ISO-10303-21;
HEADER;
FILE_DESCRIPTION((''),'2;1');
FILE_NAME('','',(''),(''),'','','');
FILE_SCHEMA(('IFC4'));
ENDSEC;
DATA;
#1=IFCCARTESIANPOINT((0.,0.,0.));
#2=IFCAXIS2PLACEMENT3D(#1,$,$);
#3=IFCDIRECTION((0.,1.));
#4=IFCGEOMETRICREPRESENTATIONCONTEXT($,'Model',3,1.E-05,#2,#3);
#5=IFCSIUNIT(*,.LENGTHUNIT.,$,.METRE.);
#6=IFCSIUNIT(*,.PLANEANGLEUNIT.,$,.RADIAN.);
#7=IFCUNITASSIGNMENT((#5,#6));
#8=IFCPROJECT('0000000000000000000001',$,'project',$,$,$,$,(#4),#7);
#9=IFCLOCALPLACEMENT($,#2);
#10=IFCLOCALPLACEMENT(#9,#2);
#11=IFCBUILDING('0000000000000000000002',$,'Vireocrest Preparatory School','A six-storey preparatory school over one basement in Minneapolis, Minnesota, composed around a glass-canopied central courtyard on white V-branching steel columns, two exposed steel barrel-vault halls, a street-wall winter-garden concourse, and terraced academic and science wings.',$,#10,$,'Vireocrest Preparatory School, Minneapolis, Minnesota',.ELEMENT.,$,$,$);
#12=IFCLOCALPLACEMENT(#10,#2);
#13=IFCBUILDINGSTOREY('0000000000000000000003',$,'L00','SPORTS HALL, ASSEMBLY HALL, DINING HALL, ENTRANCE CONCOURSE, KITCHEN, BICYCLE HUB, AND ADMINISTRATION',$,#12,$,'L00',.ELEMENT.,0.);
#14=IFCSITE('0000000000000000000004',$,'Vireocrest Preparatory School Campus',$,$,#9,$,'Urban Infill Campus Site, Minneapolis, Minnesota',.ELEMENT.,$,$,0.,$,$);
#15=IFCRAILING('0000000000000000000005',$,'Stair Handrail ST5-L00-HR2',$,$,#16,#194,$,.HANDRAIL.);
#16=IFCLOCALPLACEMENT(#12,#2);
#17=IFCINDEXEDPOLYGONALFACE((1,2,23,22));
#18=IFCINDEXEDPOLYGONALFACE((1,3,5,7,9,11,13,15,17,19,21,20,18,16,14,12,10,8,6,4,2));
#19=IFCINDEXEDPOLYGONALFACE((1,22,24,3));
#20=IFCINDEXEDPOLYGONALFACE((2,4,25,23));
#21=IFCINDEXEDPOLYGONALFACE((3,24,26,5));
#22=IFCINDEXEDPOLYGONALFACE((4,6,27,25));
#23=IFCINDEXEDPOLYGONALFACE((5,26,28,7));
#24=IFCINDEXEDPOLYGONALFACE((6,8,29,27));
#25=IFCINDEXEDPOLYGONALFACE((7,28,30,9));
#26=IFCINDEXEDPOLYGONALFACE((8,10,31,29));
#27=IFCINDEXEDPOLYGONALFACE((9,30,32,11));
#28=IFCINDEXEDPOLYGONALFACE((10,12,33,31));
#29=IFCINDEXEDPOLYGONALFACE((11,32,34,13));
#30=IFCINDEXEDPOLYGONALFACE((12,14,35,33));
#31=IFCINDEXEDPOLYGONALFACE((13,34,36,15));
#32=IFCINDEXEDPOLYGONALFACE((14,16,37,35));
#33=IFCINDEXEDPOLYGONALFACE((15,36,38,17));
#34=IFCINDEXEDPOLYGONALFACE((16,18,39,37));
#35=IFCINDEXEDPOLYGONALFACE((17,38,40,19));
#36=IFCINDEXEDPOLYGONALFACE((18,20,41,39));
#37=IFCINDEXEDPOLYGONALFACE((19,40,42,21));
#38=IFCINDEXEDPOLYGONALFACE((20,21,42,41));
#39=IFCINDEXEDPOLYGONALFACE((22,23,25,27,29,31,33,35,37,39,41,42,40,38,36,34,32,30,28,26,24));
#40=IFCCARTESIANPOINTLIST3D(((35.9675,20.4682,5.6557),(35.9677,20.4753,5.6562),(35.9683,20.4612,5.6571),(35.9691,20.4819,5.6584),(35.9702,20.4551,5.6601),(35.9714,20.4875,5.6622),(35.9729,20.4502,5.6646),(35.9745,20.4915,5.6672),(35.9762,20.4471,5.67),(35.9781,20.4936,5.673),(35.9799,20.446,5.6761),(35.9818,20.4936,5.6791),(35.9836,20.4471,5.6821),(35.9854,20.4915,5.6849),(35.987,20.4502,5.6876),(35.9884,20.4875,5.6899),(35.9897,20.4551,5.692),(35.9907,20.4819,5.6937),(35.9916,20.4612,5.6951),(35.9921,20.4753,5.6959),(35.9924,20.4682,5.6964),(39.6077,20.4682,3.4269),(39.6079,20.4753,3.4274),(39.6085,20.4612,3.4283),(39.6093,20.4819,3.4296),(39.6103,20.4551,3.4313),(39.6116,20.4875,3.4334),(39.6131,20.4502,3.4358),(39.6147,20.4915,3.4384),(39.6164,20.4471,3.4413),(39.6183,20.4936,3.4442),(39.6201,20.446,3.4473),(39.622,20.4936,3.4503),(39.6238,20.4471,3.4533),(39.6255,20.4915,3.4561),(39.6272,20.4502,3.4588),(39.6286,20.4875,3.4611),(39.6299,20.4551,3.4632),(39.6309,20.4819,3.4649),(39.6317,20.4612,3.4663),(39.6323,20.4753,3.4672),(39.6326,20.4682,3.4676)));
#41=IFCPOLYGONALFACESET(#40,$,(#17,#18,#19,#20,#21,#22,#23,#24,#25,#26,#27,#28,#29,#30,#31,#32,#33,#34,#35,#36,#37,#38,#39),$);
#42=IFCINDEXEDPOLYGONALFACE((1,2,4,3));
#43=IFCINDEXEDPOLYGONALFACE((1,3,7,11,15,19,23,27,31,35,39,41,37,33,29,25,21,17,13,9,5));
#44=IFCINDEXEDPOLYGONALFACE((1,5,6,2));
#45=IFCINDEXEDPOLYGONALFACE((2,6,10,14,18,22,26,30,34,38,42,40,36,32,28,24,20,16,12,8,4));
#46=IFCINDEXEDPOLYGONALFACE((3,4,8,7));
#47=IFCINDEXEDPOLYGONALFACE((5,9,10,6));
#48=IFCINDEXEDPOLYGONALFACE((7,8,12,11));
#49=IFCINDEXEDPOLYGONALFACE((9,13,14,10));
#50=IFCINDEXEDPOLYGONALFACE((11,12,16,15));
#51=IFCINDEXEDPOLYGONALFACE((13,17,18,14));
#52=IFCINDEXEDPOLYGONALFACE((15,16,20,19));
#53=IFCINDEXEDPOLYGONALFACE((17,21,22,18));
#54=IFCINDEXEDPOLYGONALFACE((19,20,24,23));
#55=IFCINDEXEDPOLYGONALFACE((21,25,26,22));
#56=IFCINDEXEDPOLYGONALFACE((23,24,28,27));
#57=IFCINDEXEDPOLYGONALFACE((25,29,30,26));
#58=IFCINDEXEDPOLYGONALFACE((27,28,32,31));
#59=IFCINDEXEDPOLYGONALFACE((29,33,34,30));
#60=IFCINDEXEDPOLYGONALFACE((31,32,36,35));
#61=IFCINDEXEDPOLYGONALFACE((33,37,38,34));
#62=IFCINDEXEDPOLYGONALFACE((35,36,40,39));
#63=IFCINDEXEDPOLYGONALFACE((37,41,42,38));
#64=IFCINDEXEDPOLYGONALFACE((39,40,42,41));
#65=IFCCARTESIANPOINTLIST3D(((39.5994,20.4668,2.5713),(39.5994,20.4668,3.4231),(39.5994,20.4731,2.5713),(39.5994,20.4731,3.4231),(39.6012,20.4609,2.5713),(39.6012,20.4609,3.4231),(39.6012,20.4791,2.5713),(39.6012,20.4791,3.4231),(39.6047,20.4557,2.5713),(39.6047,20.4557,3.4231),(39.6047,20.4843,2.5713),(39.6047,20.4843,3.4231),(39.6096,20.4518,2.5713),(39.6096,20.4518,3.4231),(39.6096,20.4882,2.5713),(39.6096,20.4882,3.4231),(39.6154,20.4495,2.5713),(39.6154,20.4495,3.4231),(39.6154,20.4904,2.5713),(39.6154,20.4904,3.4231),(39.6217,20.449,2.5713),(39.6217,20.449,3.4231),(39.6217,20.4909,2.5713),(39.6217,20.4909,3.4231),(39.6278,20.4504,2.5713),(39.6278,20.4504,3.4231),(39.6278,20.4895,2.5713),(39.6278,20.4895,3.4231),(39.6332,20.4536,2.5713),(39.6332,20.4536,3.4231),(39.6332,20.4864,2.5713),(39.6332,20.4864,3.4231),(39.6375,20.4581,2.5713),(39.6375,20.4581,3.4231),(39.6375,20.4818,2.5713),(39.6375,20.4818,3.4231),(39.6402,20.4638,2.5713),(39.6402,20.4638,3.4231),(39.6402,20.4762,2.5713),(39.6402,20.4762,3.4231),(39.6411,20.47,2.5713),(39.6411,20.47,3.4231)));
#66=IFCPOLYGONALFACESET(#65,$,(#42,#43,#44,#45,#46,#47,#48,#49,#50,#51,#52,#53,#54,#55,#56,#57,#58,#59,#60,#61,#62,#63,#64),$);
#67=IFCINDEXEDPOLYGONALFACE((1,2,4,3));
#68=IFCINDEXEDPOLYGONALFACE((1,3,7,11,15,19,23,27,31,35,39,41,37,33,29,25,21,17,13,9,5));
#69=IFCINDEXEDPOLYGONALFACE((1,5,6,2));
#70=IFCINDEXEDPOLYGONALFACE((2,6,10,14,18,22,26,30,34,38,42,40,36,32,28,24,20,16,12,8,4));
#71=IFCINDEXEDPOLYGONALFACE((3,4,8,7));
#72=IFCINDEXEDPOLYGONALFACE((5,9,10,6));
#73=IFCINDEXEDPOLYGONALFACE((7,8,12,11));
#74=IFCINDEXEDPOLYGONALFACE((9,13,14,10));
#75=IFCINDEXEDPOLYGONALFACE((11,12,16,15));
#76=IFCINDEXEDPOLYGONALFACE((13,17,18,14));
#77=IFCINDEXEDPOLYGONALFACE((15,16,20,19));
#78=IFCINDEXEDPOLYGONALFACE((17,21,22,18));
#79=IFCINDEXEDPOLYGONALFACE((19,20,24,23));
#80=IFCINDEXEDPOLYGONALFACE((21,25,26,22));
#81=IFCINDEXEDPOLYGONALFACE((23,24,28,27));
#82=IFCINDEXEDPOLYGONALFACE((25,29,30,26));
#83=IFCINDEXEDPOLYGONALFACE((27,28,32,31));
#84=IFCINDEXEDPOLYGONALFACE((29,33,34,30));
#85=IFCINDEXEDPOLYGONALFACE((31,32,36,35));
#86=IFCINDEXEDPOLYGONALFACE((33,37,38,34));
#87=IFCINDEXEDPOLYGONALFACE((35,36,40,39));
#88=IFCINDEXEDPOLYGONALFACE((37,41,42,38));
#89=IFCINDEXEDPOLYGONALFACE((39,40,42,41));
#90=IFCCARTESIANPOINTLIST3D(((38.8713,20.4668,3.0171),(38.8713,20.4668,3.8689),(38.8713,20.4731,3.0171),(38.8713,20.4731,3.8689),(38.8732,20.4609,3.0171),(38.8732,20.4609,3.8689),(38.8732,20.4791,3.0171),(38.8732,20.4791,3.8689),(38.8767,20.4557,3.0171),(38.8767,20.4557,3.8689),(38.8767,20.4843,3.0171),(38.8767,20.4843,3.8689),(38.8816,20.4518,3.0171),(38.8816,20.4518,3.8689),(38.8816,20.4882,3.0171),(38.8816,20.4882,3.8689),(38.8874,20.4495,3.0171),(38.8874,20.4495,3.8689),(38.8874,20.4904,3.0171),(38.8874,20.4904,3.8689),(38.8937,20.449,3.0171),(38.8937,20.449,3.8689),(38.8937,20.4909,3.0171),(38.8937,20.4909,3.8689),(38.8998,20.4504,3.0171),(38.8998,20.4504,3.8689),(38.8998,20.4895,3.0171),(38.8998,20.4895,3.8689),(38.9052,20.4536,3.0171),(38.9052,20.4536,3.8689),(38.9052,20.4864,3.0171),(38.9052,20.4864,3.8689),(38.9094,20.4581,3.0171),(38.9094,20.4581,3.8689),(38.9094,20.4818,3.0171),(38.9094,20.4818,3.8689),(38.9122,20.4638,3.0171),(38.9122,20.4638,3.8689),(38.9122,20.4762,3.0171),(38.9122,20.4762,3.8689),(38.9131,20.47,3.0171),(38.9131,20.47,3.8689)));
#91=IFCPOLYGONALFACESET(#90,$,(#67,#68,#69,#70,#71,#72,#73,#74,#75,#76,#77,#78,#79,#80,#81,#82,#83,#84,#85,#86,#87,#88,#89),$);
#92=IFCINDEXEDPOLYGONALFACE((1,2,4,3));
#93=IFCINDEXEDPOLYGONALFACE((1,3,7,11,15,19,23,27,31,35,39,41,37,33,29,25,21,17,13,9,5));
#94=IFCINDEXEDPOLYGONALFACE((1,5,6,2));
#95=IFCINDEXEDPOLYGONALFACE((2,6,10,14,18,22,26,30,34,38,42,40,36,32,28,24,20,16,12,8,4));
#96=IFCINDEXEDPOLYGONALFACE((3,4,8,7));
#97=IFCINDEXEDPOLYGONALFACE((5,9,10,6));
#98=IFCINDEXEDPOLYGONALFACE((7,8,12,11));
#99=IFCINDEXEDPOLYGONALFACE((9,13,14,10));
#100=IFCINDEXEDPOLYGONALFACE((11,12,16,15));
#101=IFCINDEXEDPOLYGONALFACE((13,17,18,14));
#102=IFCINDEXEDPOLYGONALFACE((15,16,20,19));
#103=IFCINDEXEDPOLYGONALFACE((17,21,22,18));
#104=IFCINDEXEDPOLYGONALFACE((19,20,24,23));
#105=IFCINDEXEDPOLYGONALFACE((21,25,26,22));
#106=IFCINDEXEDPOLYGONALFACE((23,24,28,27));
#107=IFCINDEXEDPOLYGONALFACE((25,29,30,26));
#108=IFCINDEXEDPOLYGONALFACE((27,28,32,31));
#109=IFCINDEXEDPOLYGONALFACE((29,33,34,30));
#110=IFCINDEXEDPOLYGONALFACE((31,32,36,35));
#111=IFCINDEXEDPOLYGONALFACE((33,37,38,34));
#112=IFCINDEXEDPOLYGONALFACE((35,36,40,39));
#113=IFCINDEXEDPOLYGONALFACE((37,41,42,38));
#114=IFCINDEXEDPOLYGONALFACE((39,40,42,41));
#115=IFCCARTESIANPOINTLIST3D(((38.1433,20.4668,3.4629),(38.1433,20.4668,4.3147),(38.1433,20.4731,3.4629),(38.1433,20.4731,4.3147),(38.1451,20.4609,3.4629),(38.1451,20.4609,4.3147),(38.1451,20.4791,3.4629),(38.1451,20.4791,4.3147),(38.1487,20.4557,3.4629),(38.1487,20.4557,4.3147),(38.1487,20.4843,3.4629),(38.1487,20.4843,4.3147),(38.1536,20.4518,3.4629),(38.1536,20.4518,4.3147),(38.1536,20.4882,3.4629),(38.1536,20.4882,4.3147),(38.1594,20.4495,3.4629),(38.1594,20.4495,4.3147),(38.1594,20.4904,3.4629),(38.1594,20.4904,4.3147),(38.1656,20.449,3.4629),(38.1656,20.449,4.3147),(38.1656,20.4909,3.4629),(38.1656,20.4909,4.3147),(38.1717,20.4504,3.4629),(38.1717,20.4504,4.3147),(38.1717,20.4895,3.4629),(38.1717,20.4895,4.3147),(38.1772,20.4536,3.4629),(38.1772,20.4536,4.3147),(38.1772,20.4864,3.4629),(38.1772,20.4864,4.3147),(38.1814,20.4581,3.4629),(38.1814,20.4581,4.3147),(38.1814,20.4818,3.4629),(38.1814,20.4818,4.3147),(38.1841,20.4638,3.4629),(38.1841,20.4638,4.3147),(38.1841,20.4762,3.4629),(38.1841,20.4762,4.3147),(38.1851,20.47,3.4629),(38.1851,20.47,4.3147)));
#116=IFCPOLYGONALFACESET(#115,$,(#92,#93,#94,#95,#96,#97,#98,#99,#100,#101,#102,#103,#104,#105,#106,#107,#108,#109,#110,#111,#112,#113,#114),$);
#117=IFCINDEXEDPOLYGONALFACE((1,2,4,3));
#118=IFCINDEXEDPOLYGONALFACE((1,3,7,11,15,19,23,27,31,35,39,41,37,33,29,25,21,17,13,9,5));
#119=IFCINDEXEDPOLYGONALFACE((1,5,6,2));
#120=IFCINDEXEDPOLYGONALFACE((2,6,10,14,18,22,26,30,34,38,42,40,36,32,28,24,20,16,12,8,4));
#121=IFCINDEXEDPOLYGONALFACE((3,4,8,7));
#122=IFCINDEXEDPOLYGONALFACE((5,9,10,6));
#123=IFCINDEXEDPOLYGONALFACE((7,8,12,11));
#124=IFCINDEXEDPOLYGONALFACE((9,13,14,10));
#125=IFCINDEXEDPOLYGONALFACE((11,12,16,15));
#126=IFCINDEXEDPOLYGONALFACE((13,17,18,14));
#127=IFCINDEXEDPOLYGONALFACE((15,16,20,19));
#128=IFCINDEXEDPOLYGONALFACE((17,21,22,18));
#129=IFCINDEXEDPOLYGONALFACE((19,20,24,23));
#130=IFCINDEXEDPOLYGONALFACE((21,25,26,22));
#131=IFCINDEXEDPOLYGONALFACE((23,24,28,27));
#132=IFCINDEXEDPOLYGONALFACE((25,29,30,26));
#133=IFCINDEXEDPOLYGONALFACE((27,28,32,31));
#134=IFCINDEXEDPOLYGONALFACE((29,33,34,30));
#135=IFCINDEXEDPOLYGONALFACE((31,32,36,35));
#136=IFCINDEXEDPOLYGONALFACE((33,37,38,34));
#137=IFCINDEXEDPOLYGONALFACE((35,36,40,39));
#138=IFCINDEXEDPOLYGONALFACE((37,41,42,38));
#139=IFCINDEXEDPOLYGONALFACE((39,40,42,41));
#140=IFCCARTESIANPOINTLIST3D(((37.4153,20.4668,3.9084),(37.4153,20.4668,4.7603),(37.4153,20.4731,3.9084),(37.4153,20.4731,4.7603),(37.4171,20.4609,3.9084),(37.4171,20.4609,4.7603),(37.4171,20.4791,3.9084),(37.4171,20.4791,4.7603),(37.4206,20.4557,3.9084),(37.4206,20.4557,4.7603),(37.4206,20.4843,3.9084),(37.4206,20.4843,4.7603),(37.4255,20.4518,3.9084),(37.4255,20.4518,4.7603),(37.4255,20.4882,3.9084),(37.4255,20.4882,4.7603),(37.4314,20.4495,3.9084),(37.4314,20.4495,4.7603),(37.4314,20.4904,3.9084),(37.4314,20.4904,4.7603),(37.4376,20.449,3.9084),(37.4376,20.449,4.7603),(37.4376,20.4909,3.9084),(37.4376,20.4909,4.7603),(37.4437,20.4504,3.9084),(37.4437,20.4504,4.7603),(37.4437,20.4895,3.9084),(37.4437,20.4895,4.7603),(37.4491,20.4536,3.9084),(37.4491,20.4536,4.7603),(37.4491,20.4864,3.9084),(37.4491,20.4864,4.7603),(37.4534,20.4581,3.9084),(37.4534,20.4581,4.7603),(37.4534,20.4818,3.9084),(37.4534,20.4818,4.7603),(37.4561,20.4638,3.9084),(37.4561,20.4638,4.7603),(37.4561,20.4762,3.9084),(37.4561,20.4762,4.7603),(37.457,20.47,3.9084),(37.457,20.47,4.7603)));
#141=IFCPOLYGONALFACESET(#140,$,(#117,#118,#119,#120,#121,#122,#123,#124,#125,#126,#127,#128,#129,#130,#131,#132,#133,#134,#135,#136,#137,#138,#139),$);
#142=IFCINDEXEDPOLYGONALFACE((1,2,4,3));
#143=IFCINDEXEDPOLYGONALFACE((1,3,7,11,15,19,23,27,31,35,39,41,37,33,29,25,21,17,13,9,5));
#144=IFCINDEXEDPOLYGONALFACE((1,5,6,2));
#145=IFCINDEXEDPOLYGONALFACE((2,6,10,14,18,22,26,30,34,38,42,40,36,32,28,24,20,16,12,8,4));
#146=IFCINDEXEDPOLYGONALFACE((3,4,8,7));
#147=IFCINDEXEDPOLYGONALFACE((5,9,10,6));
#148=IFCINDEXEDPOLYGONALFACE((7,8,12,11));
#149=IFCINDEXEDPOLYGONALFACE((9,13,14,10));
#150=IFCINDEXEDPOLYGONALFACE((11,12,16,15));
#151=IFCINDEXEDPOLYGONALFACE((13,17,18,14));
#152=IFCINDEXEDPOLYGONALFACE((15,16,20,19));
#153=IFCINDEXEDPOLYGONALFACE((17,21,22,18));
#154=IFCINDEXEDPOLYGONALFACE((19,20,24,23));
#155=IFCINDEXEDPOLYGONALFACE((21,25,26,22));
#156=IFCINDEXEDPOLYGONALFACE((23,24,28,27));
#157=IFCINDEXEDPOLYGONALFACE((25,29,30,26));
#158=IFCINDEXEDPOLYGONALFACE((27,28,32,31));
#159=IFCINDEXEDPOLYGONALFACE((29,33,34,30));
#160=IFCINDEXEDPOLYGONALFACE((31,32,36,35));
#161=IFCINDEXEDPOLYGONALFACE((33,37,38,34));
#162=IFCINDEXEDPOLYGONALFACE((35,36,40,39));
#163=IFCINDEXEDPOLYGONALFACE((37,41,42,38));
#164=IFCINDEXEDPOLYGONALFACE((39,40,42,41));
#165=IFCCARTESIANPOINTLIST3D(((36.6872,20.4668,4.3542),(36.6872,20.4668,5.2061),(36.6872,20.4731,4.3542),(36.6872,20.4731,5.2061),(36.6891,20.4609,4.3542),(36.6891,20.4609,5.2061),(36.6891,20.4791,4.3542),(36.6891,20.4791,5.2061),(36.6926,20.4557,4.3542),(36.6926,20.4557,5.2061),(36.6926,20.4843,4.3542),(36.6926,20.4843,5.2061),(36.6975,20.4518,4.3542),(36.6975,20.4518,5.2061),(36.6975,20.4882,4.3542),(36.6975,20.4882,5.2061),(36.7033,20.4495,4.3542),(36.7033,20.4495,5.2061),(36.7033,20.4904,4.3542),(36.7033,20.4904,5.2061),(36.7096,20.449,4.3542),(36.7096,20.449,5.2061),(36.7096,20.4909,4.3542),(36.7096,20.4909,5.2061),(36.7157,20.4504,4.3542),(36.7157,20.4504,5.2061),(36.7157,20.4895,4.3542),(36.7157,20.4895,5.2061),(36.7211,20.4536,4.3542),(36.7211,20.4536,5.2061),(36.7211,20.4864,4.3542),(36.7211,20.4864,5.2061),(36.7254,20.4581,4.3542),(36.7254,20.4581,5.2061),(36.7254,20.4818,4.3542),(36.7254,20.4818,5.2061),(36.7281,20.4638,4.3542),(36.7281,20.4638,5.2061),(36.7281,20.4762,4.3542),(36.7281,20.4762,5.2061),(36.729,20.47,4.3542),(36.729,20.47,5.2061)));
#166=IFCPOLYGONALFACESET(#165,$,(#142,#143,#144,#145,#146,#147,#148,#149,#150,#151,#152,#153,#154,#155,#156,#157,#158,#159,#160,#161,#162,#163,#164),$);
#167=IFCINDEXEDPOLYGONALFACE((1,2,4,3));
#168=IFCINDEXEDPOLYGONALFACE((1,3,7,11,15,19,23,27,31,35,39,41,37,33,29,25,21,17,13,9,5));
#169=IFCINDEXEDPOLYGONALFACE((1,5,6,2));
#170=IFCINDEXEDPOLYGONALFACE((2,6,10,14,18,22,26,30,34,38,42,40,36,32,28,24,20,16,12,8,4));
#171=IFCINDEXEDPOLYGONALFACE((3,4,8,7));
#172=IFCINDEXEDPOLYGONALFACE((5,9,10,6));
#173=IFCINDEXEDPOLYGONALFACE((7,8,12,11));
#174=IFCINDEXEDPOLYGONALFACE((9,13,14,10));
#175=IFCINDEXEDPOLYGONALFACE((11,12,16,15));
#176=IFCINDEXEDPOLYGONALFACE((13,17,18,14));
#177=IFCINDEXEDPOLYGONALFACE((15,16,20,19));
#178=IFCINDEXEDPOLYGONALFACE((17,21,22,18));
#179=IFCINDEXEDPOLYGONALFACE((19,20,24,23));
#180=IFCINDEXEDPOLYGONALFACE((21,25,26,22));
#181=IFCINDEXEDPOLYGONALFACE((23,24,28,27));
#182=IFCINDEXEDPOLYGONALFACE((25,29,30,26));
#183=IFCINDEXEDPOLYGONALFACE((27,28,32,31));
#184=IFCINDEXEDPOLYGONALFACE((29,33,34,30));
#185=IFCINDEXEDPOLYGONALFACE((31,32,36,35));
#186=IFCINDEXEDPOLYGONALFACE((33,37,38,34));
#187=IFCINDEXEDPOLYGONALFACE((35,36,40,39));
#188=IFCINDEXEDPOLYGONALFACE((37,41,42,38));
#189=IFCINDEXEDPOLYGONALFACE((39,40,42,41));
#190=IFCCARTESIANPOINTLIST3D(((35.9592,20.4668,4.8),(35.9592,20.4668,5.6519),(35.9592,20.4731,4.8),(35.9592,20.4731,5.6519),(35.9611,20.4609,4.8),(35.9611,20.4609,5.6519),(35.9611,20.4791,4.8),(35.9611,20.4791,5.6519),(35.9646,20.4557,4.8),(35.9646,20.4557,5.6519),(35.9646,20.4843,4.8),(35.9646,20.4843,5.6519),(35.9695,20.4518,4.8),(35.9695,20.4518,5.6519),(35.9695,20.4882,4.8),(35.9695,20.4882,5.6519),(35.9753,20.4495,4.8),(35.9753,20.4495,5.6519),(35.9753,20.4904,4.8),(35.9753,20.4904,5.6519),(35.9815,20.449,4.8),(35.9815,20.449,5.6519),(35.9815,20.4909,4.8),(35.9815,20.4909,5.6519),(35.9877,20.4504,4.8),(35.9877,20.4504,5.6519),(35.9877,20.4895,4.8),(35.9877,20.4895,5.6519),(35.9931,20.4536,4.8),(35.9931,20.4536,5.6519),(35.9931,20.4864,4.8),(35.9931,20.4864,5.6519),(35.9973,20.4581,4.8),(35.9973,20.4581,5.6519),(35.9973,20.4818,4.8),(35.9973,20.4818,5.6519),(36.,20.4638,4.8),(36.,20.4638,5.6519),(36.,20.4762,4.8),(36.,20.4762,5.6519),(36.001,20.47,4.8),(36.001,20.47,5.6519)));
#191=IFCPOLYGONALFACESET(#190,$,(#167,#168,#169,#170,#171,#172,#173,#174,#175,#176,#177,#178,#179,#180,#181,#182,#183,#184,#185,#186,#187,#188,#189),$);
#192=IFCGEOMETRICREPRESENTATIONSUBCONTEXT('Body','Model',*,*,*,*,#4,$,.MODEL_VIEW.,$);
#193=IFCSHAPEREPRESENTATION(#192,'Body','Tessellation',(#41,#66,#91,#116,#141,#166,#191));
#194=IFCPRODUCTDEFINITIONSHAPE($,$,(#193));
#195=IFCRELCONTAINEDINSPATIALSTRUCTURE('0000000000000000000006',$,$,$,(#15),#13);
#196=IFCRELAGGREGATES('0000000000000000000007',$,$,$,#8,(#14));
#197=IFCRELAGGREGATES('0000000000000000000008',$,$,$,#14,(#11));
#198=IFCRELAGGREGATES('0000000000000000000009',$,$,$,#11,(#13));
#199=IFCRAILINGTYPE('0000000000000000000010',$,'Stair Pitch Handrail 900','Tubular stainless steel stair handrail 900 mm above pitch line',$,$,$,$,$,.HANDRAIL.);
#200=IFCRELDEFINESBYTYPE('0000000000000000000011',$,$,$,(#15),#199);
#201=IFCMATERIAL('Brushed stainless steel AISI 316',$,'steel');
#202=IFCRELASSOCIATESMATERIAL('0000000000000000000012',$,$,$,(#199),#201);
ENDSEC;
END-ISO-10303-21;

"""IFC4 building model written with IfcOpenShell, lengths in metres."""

from ifc_helpers import new_model, si_unit, direction, frame, origin, origin_2d, place, context, subcontext, project, spatial, circle, extrude, material, type_object, element, save


model = new_model("IFC4")

# Units and contexts
model_context = context("Model", 3, precision=1e-05, world=origin(), true_north=direction((0.0, 1.0)))
body_context = subcontext(model_context, "Body", "Model", "MODEL_VIEW")
ifc_project = project(units=[si_unit("LENGTHUNIT", "METRE"), si_unit("PLANEANGLEUNIT", "RADIAN")], contexts=[model_context])

# Site, building, storey
site_placement = place(None, origin())
site = spatial("IfcSite", under=ifc_project, at=site_placement, Name="Vireocrest Preparatory School Campus", LongName="Urban Infill Campus Site, Minneapolis, Minnesota", CompositionType="ELEMENT", RefElevation=0.0)
building_placement = place(site_placement, origin())
building = spatial("IfcBuilding", under=site, at=building_placement, Name="Vireocrest Preparatory School", Description="A six-storey preparatory school over one basement in Minneapolis, Minnesota, composed around a glass-canopied central courtyard on white V-branching steel columns, two exposed steel barrel-vault halls, a street-wall winter-garden concourse, and terraced academic and science wings.", LongName="Vireocrest Preparatory School, Minneapolis, Minnesota", CompositionType="ELEMENT")
storey_placement = place(building_placement, origin())
storey = spatial("IfcBuildingStorey", under=building, at=storey_placement, Name="L00", Description="SPORTS HALL, ASSEMBLY HALL, DINING HALL, ENTRANCE CONCOURSE, KITCHEN, BICYCLE HUB, AND ADMINISTRATION", LongName="L00", CompositionType="ELEMENT", Elevation=0.0)

# Railing
ifc_material_1 = material(Name="Brushed stainless steel AISI 316", Category="steel")
railing_type_1 = type_object("IfcRailingType", Name="Stair Pitch Handrail 900", Description="Tubular stainless steel stair handrail 900 mm above pitch line", PredefinedType="HANDRAIL", material=ifc_material_1)
railing_1_placement = place(storey_placement, frame((39.6201, 20.47, 2.5713)))
element("IfcRailing", 1, at=railing_1_placement, inside=storey, type_object=railing_type_1, Name="Stair Handrail ST5-L00-HR2", PredefinedType="HANDRAIL", context=body_context, shape_type="SweptSolid", body=[
    extrude(circle(Radius=0.0239, at=origin_2d()), frame((0.0, 0.0, 0.876), z_axis=(-0.85284, 0.0, 0.522172), x_axis=(0.0, -1.0, 0.0)), (0.0, 0.0, 1.0), 4.2683),
    extrude(circle(Radius=0.021, at=origin_2d()), origin(), (0.0, 0.0, 1.0), 0.8518),
    extrude(circle(Radius=0.021, at=origin_2d()), frame((-0.728, 0.0, 0.4458)), (0.0, 0.0, 1.0), 0.8518),
    extrude(circle(Radius=0.021, at=origin_2d()), frame((-1.4561, 0.0, 0.8916)), (0.0, 0.0, 1.0), 0.8518),
    extrude(circle(Radius=0.021, at=origin_2d()), frame((-2.1841, 0.0, 1.3372)), (0.0, 0.0, 1.0), 0.8518),
    extrude(circle(Radius=0.021, at=origin_2d()), frame((-2.9121, 0.0, 1.783)), (0.0, 0.0, 1.0), 0.8518),
    extrude(circle(Radius=0.021, at=origin_2d()), frame((-3.6401, 0.0, 2.2288)), (0.0, 0.0, 1.0), 0.8518),
])

save(model, "model.ifc")
